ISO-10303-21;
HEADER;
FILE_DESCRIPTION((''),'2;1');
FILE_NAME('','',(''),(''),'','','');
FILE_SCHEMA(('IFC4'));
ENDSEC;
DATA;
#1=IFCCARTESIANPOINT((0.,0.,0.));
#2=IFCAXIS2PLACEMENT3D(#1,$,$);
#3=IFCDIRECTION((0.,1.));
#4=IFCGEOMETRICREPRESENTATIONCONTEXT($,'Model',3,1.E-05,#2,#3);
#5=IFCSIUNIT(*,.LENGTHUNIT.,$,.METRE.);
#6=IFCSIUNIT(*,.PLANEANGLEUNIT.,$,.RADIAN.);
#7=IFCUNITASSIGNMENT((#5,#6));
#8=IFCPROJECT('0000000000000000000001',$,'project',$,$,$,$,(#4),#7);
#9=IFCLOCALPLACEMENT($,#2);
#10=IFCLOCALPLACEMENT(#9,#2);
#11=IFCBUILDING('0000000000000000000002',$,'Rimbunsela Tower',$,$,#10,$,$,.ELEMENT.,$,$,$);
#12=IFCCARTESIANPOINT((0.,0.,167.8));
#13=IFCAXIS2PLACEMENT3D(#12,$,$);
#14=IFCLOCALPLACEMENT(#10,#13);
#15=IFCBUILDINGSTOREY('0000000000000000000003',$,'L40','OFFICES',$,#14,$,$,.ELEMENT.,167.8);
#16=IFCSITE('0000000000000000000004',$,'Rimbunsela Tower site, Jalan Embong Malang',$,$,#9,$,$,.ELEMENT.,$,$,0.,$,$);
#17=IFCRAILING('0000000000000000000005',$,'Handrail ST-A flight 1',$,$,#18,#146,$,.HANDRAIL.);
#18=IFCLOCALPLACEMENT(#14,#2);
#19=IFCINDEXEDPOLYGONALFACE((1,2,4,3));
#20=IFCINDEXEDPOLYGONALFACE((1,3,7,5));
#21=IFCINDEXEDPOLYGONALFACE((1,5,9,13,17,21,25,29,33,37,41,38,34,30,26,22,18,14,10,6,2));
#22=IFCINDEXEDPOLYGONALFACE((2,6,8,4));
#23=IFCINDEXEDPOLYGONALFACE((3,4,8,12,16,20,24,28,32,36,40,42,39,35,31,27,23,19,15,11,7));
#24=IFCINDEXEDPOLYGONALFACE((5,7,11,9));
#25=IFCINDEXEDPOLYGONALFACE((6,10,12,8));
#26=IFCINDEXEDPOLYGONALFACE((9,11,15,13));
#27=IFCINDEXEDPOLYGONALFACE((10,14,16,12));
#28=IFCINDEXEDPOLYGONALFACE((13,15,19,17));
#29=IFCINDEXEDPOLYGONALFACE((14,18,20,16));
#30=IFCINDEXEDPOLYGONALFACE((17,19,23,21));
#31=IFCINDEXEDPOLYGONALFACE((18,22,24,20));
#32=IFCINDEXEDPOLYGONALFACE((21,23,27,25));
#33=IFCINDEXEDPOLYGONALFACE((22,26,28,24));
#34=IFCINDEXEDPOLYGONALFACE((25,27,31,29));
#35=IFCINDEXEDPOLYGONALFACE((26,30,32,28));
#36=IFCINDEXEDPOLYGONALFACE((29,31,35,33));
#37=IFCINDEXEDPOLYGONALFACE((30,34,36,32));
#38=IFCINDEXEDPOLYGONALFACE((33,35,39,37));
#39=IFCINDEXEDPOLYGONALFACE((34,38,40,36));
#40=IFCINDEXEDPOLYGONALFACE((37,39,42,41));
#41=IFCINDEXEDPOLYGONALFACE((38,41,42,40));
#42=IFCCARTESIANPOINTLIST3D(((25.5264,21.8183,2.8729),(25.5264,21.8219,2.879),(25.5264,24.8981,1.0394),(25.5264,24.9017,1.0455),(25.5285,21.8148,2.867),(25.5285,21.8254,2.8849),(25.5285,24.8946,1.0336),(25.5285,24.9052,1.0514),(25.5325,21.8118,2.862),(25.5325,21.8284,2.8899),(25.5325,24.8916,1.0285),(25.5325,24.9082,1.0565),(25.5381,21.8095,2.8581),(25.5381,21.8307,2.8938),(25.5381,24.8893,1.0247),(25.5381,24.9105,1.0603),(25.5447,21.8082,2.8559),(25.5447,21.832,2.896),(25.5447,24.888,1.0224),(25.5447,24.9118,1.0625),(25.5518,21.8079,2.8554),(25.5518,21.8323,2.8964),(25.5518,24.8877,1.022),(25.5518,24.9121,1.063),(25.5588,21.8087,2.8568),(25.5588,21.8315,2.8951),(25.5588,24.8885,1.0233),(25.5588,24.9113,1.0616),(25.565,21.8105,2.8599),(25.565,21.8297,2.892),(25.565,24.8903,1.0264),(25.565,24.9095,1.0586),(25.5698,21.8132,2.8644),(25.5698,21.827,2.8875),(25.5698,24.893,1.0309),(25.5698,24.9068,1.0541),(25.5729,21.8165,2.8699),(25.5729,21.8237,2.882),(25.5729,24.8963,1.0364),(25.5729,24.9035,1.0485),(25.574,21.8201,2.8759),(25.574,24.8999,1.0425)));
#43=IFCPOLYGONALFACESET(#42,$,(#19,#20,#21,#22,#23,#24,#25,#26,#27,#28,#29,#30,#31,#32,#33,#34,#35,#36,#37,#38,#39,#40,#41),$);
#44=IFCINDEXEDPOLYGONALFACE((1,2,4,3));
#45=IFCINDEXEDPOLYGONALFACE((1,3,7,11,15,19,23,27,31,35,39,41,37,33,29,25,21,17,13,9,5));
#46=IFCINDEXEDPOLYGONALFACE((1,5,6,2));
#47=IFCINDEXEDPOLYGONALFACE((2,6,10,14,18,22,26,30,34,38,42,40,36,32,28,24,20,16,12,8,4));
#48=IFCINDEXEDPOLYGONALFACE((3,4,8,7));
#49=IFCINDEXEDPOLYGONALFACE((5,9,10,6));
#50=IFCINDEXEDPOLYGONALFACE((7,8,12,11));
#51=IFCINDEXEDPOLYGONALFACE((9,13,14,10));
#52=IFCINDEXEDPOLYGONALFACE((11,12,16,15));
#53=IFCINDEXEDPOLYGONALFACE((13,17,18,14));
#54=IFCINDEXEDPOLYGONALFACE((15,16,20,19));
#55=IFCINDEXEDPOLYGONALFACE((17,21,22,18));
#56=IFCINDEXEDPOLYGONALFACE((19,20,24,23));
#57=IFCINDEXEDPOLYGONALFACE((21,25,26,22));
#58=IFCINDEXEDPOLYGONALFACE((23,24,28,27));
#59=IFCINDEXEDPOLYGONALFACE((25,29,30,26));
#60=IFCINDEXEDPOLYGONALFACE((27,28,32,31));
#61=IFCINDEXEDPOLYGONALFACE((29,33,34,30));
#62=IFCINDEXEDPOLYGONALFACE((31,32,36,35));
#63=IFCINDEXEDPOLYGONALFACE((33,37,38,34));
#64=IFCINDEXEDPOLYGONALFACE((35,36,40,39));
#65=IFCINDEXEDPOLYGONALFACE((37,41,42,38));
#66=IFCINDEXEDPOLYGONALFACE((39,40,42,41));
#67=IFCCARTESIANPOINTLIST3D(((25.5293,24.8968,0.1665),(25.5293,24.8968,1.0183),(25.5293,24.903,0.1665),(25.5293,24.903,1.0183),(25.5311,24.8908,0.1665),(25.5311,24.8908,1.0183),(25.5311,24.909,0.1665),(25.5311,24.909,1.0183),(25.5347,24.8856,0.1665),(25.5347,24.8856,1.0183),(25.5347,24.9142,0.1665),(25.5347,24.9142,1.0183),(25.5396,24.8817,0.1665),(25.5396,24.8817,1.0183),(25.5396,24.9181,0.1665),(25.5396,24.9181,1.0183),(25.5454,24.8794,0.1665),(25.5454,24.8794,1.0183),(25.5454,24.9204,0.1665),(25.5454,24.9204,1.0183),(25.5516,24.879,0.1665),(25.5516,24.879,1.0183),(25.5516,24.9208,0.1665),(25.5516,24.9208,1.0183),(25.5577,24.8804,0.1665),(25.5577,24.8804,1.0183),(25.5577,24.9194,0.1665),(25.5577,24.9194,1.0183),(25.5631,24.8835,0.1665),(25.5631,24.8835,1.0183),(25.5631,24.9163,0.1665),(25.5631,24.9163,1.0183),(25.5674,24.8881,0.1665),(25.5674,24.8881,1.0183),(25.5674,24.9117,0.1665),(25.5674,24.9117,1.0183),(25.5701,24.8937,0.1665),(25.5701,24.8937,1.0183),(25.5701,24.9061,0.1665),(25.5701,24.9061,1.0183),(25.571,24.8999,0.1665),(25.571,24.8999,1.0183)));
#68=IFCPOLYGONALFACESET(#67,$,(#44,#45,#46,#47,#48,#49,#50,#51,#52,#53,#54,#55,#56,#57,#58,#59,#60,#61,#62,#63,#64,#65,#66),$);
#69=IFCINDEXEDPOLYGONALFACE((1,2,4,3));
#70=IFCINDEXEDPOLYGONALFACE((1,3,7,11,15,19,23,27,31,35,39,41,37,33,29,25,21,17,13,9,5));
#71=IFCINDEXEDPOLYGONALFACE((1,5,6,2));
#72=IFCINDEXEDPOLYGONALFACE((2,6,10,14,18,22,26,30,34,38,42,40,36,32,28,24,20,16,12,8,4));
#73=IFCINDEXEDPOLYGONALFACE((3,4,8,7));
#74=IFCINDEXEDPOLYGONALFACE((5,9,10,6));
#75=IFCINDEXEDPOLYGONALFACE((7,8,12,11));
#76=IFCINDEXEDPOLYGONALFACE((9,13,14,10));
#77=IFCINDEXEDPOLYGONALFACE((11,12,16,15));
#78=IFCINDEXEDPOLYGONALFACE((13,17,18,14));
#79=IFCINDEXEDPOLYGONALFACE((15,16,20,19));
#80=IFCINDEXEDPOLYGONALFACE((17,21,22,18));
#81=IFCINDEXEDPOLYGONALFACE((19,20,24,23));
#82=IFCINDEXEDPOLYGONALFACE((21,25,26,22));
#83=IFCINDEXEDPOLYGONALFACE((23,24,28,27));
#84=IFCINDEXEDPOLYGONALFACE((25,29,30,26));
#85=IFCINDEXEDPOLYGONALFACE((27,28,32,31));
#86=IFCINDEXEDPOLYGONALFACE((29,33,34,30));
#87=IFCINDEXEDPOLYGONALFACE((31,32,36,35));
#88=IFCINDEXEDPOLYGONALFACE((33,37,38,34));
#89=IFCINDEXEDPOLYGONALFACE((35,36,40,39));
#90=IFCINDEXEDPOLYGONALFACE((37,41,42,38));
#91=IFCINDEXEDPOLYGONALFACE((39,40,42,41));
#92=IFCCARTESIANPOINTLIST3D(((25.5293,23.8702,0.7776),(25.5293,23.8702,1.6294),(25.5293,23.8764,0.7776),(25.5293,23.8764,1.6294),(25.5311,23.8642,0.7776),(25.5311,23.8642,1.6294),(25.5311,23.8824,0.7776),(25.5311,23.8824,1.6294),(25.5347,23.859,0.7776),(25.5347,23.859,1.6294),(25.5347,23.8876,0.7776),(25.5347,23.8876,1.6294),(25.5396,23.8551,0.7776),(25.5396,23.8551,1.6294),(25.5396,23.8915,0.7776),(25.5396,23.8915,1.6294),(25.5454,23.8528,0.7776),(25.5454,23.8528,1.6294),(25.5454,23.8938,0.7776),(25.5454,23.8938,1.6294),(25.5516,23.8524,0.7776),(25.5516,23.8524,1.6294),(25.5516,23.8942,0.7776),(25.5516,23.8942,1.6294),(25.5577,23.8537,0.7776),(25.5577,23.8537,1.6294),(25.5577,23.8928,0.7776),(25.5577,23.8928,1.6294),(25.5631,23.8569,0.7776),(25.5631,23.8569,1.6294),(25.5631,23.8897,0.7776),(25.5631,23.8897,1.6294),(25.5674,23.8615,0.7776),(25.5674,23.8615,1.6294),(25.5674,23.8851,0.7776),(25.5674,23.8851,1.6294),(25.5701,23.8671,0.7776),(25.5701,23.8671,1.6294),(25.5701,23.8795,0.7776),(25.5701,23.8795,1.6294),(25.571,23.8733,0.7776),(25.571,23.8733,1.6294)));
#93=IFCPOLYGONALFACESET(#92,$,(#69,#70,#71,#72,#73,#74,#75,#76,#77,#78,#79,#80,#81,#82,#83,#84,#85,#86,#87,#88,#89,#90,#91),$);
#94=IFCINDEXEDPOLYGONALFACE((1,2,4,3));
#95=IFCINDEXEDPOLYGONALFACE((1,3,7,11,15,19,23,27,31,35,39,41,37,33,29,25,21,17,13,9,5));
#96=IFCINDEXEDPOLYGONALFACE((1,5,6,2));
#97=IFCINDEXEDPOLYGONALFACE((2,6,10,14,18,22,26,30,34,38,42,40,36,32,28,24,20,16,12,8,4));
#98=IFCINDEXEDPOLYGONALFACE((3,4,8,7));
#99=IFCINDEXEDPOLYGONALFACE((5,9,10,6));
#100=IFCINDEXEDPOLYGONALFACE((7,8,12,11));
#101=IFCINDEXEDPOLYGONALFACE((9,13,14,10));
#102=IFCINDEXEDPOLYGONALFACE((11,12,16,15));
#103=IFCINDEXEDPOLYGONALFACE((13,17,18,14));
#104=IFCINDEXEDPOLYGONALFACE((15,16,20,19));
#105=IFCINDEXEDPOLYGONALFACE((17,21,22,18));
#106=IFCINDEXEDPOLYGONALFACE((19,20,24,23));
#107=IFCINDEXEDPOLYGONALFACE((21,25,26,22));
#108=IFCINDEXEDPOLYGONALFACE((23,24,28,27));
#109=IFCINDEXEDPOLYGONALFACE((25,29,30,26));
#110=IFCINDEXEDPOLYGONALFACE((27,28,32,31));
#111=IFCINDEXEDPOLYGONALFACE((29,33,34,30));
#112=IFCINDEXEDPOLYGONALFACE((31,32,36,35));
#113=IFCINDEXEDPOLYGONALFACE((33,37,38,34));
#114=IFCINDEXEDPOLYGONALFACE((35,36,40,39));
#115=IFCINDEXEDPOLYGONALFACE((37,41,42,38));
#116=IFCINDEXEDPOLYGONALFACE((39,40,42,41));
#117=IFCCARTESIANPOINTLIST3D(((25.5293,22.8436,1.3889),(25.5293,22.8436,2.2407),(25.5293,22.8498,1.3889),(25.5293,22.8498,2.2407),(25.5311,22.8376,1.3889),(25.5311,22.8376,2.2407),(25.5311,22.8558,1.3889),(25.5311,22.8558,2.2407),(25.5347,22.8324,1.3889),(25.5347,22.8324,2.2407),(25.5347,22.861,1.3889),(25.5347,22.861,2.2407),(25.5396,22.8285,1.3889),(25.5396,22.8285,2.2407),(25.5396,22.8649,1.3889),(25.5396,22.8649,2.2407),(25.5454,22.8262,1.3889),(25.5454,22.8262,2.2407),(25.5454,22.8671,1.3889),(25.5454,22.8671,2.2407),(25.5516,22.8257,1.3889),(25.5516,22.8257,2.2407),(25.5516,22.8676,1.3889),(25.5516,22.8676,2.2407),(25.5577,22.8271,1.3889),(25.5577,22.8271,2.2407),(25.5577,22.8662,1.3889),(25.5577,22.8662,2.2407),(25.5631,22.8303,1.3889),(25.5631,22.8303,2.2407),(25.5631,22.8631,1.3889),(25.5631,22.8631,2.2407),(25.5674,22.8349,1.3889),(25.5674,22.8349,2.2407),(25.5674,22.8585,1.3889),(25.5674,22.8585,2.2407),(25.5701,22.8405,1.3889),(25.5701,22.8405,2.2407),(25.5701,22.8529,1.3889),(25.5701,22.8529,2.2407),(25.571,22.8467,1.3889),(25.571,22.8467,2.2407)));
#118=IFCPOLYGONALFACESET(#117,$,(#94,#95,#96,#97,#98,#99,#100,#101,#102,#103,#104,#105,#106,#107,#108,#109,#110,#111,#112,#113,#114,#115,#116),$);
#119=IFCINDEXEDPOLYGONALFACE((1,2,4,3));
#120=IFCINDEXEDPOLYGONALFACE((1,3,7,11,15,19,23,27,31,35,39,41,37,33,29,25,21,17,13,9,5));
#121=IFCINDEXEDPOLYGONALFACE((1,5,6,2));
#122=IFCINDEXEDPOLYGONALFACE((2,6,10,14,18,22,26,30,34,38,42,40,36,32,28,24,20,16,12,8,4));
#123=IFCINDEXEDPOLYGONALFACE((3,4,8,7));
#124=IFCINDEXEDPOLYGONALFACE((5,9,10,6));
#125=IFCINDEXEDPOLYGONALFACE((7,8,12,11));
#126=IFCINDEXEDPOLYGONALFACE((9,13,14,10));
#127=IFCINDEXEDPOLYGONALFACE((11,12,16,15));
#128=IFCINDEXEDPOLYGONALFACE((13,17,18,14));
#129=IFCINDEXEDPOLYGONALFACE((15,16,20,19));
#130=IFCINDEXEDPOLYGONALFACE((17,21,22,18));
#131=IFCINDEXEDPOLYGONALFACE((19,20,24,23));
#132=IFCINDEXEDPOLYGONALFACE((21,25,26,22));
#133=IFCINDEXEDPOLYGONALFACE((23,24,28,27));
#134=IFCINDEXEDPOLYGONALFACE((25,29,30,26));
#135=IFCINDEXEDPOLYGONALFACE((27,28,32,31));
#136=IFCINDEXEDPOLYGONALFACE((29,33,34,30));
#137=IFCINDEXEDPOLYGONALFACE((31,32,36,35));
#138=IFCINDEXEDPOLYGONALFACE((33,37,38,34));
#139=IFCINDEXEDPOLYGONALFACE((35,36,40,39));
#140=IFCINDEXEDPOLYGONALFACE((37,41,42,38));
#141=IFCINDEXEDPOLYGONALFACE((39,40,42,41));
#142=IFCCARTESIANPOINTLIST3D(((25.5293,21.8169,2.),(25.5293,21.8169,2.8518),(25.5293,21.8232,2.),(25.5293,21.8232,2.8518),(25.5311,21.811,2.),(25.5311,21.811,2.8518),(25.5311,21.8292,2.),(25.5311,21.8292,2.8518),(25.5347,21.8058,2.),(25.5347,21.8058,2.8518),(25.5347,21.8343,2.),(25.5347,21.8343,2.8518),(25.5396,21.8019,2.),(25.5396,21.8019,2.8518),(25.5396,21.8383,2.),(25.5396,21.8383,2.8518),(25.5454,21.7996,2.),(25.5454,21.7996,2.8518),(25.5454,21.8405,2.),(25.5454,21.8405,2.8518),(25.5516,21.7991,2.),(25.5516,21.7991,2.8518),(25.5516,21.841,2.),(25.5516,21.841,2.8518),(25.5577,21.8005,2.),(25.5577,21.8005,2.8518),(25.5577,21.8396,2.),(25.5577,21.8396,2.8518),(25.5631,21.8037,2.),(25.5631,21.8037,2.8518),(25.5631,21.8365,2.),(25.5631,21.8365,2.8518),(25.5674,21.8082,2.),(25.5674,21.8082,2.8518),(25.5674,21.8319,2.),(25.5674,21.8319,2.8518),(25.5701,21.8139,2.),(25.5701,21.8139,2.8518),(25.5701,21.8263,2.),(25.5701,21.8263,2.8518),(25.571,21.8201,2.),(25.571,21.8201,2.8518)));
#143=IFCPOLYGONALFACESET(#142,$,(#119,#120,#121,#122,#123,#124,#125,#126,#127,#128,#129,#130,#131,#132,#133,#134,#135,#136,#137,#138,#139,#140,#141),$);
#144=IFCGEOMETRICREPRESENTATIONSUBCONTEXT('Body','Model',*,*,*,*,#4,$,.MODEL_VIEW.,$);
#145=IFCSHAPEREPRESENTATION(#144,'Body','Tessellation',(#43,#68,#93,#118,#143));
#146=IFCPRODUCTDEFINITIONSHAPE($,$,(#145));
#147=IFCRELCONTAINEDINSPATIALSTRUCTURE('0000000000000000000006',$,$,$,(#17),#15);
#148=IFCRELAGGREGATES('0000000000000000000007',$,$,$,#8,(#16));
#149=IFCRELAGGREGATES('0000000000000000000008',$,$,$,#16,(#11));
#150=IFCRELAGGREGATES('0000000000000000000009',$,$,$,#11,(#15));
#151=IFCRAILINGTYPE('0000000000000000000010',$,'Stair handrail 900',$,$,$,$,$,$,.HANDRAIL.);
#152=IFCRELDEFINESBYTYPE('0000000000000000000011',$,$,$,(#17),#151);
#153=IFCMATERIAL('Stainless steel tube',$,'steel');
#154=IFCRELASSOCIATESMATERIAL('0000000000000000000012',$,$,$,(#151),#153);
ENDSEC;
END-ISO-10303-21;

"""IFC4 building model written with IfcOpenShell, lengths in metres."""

from ifc_helpers import new_model, si_unit, direction, frame, origin, origin_2d, place, context, subcontext, project, spatial, circle, extrude, material, type_object, element, save


model = new_model("IFC4")

# Units and contexts
model_context = context("Model", 3, precision=1e-05, world=origin(), true_north=direction((0.0, 1.0)))
body_context = subcontext(model_context, "Body", "Model", "MODEL_VIEW")
ifc_project = project(units=[si_unit("LENGTHUNIT", "METRE"), si_unit("PLANEANGLEUNIT", "RADIAN")], contexts=[model_context])

# Site, building, storey
site_placement = place(None, origin())
site = spatial("IfcSite", under=ifc_project, at=site_placement, Name="Rimbunsela Tower site, Jalan Embong Malang", CompositionType="ELEMENT", RefElevation=0.0)
building_placement = place(site_placement, origin())
building = spatial("IfcBuilding", under=site, at=building_placement, Name="Rimbunsela Tower", CompositionType="ELEMENT")
storey_placement = place(building_placement, frame((0.0, 0.0, 167.8)))
storey = spatial("IfcBuildingStorey", under=building, at=storey_placement, Name="L40", Description="OFFICES", CompositionType="ELEMENT", Elevation=167.8)

# Railing
ifc_material_1 = material(Name="Stainless steel tube", Category="steel")
railing_type = type_object("IfcRailingType", Name="Stair handrail 900", PredefinedType="HANDRAIL", material=ifc_material_1)
for number, where, name in (
    (1, (25.55, 24.8999, 0.1665), "Handrail ST-A flight 1"),
):
    element("IfcRailing", number, at=place(storey_placement, frame(where)), inside=storey, type_object=railing_type, Name=name, PredefinedType="HANDRAIL", context=body_context, shape_type="SweptSolid", body=[
        extrude(circle(Radius=0.0239, at=origin_2d()), frame((0.0, 0.0, 0.876), z_axis=(0.0, -0.859261, 0.511538), x_axis=(1.0, 0.0, 0.0)), (0.0, 0.0, 1.0), 3.5842),
        extrude(circle(Radius=0.021, at=origin_2d()), origin(), (0.0, 0.0, 1.0), 0.8518),
        extrude(circle(Radius=0.021, at=origin_2d()), frame((0.0, -1.0266, 0.6111)), (0.0, 0.0, 1.0), 0.8518),
        extrude(circle(Radius=0.021, at=origin_2d()), frame((0.0, -2.0532, 1.2224)), (0.0, 0.0, 1.0), 0.8518),
        extrude(circle(Radius=0.021, at=origin_2d()), frame((0.0, -3.0798, 1.8335)), (0.0, 0.0, 1.0), 0.8518),
    ])

save(model, "model.ifc")
